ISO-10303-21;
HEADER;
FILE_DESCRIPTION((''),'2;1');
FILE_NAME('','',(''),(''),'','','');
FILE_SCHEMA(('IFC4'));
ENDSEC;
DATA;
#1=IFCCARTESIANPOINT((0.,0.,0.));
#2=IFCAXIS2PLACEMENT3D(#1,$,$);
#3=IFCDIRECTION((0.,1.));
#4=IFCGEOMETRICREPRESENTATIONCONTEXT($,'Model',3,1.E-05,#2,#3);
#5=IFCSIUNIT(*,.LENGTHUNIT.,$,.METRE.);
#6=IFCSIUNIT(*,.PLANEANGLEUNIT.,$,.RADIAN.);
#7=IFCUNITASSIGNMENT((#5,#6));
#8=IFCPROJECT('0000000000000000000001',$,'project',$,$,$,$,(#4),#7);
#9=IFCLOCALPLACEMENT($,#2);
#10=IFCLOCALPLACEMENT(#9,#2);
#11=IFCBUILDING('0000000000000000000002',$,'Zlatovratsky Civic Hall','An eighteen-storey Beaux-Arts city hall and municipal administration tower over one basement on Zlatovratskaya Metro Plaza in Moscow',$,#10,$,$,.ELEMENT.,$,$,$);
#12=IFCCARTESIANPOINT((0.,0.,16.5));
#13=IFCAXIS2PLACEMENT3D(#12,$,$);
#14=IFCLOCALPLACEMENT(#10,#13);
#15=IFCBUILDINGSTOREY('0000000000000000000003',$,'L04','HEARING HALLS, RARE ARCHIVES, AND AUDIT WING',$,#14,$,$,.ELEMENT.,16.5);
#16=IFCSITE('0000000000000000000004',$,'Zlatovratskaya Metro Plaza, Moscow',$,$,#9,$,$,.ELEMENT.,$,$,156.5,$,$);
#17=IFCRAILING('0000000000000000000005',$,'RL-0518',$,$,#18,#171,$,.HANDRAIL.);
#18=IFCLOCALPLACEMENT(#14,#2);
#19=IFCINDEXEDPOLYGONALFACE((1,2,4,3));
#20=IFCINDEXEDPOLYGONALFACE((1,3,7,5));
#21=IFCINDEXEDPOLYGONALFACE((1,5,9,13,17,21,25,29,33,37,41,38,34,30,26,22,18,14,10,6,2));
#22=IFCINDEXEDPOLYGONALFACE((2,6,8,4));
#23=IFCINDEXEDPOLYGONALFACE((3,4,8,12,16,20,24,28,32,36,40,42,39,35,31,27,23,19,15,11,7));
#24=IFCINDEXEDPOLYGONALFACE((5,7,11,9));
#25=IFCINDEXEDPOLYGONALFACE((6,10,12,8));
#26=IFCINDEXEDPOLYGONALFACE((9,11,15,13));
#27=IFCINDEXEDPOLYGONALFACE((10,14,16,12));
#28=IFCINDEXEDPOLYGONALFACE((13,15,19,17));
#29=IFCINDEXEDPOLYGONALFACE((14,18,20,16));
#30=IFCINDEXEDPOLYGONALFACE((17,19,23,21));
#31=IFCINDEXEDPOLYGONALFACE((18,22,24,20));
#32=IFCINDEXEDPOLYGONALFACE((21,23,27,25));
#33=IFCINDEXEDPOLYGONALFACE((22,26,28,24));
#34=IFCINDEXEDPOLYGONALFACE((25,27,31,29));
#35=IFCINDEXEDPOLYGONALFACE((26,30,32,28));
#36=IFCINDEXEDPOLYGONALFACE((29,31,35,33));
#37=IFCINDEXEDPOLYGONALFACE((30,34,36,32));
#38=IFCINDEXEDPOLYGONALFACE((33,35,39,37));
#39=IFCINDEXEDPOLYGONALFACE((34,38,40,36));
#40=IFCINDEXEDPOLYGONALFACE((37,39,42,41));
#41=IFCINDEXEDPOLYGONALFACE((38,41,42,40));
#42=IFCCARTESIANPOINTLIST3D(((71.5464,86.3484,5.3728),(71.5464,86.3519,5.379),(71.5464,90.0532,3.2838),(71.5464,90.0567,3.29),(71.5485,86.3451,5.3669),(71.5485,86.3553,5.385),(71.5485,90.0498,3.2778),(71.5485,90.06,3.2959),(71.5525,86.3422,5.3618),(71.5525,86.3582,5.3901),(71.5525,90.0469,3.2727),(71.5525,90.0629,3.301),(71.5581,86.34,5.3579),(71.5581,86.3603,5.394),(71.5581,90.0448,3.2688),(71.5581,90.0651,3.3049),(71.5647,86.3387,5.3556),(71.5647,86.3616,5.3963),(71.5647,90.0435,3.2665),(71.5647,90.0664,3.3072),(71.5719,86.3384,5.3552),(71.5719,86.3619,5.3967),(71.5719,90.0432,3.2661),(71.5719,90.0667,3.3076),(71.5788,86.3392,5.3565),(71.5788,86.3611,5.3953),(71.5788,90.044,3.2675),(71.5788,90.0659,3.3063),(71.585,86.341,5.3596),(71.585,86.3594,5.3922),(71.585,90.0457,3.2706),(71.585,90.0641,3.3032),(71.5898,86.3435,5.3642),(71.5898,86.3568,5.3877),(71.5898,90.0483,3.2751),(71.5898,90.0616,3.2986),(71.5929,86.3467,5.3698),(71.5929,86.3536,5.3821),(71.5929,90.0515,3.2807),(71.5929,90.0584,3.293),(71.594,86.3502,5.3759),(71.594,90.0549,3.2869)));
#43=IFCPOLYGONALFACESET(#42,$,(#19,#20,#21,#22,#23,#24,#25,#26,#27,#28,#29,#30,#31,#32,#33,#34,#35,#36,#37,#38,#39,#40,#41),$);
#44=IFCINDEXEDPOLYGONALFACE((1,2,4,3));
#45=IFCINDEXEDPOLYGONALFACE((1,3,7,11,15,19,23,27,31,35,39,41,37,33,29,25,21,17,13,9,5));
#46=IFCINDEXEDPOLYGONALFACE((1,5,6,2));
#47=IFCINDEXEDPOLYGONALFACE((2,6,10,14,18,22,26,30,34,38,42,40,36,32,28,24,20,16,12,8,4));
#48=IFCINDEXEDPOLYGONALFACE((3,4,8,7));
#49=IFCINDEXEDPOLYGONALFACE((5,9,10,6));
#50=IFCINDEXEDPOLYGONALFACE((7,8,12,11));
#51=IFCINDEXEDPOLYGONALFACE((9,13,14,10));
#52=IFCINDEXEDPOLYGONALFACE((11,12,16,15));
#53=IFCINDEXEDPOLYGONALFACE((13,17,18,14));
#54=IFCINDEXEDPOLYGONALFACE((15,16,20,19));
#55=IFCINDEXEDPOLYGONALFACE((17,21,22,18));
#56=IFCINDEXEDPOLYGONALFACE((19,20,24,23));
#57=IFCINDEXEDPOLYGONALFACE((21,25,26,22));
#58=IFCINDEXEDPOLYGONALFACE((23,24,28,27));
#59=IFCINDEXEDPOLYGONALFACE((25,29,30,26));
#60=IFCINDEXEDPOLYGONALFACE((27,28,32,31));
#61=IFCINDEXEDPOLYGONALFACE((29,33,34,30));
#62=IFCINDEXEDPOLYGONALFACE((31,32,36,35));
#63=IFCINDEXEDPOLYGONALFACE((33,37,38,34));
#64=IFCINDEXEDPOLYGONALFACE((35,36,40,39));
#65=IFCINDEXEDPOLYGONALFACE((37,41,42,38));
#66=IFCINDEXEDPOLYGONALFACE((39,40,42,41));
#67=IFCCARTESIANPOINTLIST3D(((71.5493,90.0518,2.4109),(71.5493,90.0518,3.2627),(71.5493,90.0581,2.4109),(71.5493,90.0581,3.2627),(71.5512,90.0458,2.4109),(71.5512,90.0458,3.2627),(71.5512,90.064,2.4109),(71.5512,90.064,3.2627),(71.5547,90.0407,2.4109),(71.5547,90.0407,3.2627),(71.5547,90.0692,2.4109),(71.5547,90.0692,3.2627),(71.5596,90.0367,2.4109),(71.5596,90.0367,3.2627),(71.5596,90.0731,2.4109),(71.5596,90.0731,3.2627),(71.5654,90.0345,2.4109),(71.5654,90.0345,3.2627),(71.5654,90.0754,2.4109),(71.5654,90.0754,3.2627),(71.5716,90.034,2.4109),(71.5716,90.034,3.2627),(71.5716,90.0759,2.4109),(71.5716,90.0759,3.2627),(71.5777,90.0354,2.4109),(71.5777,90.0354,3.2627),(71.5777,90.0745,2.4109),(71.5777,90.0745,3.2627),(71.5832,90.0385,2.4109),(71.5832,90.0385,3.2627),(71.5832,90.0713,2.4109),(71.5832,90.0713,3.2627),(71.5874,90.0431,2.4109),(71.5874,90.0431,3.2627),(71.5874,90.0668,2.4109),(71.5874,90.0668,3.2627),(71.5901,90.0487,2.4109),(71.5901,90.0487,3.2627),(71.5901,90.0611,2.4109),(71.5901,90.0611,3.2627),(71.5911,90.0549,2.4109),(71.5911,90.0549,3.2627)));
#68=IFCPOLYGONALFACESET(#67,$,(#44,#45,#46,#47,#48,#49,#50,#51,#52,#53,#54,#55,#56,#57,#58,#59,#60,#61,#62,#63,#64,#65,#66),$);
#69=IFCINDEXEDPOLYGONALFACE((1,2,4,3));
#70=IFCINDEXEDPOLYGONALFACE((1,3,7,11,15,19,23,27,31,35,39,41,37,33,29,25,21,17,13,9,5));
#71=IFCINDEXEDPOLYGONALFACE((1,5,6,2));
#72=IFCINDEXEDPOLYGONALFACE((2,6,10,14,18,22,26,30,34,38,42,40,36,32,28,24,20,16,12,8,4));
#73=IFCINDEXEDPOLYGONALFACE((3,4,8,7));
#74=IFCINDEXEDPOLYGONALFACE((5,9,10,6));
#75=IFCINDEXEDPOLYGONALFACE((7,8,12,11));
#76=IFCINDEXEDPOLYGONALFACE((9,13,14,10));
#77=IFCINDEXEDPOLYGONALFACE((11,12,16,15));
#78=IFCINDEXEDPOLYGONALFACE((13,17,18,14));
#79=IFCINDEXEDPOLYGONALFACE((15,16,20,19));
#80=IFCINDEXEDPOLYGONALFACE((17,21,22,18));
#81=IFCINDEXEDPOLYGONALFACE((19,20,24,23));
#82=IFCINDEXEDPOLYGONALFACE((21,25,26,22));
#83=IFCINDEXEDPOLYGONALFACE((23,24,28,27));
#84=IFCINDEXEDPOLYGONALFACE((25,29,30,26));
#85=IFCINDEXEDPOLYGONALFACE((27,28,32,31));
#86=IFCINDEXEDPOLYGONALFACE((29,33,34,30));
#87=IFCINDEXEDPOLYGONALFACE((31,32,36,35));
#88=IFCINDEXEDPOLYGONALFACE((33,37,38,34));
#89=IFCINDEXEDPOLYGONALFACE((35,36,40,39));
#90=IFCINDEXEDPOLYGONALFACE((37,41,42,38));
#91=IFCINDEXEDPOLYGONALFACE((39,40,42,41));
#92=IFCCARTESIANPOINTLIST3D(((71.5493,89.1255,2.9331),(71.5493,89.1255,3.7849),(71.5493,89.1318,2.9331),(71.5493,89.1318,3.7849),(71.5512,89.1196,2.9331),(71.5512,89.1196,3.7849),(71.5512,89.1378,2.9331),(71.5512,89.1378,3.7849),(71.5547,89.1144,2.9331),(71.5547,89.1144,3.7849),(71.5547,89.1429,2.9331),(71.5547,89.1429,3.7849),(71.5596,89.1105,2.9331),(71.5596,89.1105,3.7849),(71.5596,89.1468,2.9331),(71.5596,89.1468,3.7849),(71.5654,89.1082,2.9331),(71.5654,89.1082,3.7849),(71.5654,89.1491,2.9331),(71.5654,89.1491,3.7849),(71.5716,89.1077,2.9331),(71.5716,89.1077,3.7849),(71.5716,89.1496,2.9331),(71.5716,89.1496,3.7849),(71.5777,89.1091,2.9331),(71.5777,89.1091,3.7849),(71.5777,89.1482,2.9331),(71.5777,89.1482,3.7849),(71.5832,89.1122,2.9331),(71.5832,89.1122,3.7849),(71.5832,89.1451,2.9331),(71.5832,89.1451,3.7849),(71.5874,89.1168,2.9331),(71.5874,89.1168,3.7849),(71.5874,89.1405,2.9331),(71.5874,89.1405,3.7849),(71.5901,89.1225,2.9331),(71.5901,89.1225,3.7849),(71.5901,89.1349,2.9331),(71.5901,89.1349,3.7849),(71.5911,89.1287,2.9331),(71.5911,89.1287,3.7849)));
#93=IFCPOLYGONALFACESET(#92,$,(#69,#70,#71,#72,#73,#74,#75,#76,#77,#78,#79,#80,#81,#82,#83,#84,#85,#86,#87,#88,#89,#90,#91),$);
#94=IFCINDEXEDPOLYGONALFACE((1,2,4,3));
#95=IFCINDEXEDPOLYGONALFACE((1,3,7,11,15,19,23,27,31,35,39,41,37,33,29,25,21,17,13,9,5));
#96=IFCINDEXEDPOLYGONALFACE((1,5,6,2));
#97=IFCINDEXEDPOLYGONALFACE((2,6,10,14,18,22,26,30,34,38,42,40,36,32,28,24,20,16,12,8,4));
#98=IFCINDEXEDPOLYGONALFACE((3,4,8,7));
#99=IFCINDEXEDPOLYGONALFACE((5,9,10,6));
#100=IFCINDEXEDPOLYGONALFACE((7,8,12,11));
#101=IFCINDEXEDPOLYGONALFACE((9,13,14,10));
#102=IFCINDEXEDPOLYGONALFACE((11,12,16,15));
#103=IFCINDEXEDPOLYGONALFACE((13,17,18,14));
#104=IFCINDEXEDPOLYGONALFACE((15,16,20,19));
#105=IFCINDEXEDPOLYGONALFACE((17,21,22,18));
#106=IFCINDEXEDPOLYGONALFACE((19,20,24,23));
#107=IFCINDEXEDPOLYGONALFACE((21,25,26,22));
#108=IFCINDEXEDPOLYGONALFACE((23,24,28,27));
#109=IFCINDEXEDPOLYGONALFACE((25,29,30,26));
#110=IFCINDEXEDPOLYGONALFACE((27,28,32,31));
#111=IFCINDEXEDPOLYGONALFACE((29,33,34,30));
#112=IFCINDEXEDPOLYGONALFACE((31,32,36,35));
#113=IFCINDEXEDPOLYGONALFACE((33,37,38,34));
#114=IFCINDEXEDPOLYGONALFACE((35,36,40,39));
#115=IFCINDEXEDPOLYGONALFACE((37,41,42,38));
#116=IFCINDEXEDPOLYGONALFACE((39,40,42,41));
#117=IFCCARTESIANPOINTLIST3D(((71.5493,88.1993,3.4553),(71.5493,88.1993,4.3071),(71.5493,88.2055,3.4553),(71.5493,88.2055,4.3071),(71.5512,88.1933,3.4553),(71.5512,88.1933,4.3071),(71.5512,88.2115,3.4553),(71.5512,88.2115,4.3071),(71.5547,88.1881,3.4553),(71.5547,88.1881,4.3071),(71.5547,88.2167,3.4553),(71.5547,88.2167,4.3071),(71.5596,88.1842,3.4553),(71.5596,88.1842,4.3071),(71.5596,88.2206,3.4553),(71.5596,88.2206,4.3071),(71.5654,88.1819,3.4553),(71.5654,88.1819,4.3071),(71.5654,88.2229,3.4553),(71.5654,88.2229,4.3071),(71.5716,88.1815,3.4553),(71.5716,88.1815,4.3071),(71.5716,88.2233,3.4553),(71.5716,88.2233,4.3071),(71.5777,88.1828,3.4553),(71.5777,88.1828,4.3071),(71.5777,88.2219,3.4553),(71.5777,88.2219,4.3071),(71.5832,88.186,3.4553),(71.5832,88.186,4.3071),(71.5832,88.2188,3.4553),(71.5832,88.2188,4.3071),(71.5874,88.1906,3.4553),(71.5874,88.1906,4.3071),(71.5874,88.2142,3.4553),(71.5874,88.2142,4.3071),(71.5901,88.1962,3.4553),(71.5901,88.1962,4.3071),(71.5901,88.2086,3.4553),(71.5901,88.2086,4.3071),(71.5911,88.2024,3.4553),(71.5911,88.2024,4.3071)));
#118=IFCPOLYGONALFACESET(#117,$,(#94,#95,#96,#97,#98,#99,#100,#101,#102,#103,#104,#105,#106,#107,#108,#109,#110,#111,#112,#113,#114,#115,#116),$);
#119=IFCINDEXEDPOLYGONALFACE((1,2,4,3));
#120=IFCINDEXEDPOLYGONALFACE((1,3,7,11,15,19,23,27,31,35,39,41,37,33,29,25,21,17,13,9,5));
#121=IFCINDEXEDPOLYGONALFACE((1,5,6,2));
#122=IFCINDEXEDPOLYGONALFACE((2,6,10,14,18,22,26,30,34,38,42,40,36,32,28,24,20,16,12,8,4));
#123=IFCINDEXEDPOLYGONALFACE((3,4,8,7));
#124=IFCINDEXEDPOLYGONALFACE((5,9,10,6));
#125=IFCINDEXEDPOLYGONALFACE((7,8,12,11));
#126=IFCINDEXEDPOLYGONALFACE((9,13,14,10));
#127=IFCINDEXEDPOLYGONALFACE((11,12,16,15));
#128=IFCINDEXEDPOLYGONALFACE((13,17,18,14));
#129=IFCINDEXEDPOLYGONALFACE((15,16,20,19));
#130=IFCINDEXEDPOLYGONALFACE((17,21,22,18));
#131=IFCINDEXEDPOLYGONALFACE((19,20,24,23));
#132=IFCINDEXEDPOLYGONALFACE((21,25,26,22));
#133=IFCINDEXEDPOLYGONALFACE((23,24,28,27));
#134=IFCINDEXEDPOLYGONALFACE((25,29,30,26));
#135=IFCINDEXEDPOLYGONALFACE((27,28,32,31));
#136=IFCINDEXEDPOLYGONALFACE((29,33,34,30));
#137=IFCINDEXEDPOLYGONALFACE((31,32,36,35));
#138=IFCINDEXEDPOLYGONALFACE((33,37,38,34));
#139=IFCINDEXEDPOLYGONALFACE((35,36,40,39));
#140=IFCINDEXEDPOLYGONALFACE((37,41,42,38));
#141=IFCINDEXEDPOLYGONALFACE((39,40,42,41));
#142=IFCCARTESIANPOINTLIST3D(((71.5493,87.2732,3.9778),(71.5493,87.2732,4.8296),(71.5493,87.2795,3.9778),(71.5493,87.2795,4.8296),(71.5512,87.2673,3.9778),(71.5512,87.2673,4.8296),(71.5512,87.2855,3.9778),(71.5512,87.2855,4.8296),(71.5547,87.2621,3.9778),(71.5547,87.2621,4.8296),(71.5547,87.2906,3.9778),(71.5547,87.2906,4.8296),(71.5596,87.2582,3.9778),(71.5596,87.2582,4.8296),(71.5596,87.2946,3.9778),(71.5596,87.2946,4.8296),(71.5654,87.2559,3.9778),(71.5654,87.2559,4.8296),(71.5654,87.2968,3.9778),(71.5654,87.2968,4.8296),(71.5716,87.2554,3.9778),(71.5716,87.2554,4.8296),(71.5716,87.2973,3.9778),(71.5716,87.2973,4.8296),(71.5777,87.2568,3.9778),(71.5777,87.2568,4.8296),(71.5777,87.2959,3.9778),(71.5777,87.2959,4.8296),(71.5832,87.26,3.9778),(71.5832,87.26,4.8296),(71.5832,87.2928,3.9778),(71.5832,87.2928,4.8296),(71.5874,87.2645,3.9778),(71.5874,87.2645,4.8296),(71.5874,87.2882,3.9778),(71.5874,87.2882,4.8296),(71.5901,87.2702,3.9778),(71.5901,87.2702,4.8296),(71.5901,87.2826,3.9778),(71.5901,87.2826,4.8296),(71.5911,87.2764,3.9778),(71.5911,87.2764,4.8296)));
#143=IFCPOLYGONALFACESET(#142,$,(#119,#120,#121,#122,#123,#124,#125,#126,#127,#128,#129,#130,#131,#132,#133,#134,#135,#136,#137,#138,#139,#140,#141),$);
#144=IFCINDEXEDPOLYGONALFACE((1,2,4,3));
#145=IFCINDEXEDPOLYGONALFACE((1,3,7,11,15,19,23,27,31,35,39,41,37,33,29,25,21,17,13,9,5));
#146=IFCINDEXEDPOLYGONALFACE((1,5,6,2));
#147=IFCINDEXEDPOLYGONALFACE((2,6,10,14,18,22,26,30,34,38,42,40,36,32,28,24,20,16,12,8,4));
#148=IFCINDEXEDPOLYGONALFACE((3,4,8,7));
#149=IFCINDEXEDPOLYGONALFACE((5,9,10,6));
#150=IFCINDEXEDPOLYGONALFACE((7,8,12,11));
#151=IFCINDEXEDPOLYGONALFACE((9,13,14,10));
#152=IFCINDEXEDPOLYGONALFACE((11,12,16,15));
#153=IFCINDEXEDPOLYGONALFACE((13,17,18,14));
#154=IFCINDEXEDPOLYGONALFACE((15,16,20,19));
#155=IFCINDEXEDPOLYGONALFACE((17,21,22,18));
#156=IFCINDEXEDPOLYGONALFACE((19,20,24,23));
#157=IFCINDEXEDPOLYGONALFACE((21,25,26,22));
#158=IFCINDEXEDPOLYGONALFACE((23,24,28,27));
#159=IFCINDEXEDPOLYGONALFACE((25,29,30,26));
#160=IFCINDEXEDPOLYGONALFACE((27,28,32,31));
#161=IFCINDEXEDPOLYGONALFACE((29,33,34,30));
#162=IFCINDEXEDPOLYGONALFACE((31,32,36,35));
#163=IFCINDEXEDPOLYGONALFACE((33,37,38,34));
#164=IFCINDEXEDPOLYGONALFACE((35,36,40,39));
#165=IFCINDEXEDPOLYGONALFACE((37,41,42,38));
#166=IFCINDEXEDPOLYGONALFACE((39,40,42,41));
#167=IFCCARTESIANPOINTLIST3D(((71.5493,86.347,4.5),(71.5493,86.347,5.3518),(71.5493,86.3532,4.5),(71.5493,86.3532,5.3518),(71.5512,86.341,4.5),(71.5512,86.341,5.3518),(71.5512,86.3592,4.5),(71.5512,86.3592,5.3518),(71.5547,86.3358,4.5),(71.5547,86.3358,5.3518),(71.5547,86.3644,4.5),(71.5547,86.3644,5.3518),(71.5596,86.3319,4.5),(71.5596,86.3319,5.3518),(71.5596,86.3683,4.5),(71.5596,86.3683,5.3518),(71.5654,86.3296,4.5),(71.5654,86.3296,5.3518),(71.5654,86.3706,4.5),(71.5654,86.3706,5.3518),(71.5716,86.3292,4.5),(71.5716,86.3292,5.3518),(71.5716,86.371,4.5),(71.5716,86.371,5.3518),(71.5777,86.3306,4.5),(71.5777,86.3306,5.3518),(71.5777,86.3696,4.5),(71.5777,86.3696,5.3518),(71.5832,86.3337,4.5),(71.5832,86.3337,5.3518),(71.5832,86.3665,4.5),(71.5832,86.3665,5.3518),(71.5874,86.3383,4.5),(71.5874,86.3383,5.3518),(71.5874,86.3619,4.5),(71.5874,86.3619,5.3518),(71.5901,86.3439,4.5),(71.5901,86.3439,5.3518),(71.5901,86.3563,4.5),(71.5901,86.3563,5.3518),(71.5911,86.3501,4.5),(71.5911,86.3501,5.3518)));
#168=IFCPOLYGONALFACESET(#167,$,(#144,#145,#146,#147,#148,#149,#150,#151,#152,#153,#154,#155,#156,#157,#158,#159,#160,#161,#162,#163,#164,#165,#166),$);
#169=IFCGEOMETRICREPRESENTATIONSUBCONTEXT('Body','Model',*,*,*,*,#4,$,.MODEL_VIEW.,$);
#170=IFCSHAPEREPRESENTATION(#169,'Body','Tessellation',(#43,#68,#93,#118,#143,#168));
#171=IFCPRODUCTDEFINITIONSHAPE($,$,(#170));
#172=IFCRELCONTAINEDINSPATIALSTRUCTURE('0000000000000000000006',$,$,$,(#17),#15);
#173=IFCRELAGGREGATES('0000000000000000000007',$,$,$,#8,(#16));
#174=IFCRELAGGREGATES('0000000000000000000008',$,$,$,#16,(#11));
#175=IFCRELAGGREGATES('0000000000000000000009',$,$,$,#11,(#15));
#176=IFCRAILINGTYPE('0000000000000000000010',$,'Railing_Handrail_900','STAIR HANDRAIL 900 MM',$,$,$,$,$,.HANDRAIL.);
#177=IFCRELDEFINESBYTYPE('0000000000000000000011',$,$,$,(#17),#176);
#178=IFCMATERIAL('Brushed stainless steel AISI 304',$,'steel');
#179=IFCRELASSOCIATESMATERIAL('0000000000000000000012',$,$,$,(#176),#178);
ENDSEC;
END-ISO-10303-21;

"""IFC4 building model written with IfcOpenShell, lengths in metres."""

from ifc_helpers import new_model, si_unit, direction, frame, origin, origin_2d, place, context, subcontext, project, spatial, circle, extrude, material, type_object, element, save


model = new_model("IFC4")

# Units and contexts
model_context = context("Model", 3, precision=1e-05, world=origin(), true_north=direction((0.0, 1.0)))
body_context = subcontext(model_context, "Body", "Model", "MODEL_VIEW")
ifc_project = project(units=[si_unit("LENGTHUNIT", "METRE"), si_unit("PLANEANGLEUNIT", "RADIAN")], contexts=[model_context])

# Site, building, storey
site_placement = place(None, origin())
site = spatial("IfcSite", under=ifc_project, at=site_placement, Name="Zlatovratskaya Metro Plaza, Moscow", CompositionType="ELEMENT", RefElevation=156.5)
building_placement = place(site_placement, origin())
building = spatial("IfcBuilding", under=site, at=building_placement, Name="Zlatovratsky Civic Hall", Description="An eighteen-storey Beaux-Arts city hall and municipal administration tower over one basement on Zlatovratskaya Metro Plaza in Moscow", CompositionType="ELEMENT")
storey_placement = place(building_placement, frame((0.0, 0.0, 16.5)))
storey = spatial("IfcBuildingStorey", under=building, at=storey_placement, Name="L04", Description="HEARING HALLS, RARE ARCHIVES, AND AUDIT WING", CompositionType="ELEMENT", Elevation=16.5)

# Shared definitions
ifc_material_1 = material(Name="Brushed stainless steel AISI 304", Category="steel")

# Railing
railing_type_1 = type_object("IfcRailingType", Name="Railing_Handrail_900", Description="STAIR HANDRAIL 900 MM", PredefinedType="HANDRAIL", material=ifc_material_1)
railing_1_placement = place(storey_placement, frame((71.5701, 90.0549, 2.4109)))
element("IfcRailing", 1, at=railing_1_placement, inside=storey, type_object=railing_type_1, Name="RL-0518", PredefinedType="HANDRAIL", context=body_context, shape_type="SweptSolid", body=[
    extrude(circle(Radius=0.0239, at=origin_2d()), frame((0.0, 0.0, 0.876), z_axis=(0.0, -0.871058, 0.491179), x_axis=(1.0, 0.0, 0.0)), (0.0, 0.0, 1.0), 4.2532),
    extrude(circle(Radius=0.021, at=origin_2d()), origin(), (0.0, 0.0, 1.0), 0.8518),
    extrude(circle(Radius=0.021, at=origin_2d()), frame((0.0, -0.9263, 0.5222)), (0.0, 0.0, 1.0), 0.8518),
    extrude(circle(Radius=0.021, at=origin_2d()), frame((0.0, -1.8525, 1.0444)), (0.0, 0.0, 1.0), 0.8518),
    extrude(circle(Radius=0.021, at=origin_2d()), frame((0.0, -2.7786, 1.5669)), (0.0, 0.0, 1.0), 0.8518),
    extrude(circle(Radius=0.021, at=origin_2d()), frame((0.0, -3.7048, 2.0891)), (0.0, 0.0, 1.0), 0.8518),
])

save(model, "model.ifc")
